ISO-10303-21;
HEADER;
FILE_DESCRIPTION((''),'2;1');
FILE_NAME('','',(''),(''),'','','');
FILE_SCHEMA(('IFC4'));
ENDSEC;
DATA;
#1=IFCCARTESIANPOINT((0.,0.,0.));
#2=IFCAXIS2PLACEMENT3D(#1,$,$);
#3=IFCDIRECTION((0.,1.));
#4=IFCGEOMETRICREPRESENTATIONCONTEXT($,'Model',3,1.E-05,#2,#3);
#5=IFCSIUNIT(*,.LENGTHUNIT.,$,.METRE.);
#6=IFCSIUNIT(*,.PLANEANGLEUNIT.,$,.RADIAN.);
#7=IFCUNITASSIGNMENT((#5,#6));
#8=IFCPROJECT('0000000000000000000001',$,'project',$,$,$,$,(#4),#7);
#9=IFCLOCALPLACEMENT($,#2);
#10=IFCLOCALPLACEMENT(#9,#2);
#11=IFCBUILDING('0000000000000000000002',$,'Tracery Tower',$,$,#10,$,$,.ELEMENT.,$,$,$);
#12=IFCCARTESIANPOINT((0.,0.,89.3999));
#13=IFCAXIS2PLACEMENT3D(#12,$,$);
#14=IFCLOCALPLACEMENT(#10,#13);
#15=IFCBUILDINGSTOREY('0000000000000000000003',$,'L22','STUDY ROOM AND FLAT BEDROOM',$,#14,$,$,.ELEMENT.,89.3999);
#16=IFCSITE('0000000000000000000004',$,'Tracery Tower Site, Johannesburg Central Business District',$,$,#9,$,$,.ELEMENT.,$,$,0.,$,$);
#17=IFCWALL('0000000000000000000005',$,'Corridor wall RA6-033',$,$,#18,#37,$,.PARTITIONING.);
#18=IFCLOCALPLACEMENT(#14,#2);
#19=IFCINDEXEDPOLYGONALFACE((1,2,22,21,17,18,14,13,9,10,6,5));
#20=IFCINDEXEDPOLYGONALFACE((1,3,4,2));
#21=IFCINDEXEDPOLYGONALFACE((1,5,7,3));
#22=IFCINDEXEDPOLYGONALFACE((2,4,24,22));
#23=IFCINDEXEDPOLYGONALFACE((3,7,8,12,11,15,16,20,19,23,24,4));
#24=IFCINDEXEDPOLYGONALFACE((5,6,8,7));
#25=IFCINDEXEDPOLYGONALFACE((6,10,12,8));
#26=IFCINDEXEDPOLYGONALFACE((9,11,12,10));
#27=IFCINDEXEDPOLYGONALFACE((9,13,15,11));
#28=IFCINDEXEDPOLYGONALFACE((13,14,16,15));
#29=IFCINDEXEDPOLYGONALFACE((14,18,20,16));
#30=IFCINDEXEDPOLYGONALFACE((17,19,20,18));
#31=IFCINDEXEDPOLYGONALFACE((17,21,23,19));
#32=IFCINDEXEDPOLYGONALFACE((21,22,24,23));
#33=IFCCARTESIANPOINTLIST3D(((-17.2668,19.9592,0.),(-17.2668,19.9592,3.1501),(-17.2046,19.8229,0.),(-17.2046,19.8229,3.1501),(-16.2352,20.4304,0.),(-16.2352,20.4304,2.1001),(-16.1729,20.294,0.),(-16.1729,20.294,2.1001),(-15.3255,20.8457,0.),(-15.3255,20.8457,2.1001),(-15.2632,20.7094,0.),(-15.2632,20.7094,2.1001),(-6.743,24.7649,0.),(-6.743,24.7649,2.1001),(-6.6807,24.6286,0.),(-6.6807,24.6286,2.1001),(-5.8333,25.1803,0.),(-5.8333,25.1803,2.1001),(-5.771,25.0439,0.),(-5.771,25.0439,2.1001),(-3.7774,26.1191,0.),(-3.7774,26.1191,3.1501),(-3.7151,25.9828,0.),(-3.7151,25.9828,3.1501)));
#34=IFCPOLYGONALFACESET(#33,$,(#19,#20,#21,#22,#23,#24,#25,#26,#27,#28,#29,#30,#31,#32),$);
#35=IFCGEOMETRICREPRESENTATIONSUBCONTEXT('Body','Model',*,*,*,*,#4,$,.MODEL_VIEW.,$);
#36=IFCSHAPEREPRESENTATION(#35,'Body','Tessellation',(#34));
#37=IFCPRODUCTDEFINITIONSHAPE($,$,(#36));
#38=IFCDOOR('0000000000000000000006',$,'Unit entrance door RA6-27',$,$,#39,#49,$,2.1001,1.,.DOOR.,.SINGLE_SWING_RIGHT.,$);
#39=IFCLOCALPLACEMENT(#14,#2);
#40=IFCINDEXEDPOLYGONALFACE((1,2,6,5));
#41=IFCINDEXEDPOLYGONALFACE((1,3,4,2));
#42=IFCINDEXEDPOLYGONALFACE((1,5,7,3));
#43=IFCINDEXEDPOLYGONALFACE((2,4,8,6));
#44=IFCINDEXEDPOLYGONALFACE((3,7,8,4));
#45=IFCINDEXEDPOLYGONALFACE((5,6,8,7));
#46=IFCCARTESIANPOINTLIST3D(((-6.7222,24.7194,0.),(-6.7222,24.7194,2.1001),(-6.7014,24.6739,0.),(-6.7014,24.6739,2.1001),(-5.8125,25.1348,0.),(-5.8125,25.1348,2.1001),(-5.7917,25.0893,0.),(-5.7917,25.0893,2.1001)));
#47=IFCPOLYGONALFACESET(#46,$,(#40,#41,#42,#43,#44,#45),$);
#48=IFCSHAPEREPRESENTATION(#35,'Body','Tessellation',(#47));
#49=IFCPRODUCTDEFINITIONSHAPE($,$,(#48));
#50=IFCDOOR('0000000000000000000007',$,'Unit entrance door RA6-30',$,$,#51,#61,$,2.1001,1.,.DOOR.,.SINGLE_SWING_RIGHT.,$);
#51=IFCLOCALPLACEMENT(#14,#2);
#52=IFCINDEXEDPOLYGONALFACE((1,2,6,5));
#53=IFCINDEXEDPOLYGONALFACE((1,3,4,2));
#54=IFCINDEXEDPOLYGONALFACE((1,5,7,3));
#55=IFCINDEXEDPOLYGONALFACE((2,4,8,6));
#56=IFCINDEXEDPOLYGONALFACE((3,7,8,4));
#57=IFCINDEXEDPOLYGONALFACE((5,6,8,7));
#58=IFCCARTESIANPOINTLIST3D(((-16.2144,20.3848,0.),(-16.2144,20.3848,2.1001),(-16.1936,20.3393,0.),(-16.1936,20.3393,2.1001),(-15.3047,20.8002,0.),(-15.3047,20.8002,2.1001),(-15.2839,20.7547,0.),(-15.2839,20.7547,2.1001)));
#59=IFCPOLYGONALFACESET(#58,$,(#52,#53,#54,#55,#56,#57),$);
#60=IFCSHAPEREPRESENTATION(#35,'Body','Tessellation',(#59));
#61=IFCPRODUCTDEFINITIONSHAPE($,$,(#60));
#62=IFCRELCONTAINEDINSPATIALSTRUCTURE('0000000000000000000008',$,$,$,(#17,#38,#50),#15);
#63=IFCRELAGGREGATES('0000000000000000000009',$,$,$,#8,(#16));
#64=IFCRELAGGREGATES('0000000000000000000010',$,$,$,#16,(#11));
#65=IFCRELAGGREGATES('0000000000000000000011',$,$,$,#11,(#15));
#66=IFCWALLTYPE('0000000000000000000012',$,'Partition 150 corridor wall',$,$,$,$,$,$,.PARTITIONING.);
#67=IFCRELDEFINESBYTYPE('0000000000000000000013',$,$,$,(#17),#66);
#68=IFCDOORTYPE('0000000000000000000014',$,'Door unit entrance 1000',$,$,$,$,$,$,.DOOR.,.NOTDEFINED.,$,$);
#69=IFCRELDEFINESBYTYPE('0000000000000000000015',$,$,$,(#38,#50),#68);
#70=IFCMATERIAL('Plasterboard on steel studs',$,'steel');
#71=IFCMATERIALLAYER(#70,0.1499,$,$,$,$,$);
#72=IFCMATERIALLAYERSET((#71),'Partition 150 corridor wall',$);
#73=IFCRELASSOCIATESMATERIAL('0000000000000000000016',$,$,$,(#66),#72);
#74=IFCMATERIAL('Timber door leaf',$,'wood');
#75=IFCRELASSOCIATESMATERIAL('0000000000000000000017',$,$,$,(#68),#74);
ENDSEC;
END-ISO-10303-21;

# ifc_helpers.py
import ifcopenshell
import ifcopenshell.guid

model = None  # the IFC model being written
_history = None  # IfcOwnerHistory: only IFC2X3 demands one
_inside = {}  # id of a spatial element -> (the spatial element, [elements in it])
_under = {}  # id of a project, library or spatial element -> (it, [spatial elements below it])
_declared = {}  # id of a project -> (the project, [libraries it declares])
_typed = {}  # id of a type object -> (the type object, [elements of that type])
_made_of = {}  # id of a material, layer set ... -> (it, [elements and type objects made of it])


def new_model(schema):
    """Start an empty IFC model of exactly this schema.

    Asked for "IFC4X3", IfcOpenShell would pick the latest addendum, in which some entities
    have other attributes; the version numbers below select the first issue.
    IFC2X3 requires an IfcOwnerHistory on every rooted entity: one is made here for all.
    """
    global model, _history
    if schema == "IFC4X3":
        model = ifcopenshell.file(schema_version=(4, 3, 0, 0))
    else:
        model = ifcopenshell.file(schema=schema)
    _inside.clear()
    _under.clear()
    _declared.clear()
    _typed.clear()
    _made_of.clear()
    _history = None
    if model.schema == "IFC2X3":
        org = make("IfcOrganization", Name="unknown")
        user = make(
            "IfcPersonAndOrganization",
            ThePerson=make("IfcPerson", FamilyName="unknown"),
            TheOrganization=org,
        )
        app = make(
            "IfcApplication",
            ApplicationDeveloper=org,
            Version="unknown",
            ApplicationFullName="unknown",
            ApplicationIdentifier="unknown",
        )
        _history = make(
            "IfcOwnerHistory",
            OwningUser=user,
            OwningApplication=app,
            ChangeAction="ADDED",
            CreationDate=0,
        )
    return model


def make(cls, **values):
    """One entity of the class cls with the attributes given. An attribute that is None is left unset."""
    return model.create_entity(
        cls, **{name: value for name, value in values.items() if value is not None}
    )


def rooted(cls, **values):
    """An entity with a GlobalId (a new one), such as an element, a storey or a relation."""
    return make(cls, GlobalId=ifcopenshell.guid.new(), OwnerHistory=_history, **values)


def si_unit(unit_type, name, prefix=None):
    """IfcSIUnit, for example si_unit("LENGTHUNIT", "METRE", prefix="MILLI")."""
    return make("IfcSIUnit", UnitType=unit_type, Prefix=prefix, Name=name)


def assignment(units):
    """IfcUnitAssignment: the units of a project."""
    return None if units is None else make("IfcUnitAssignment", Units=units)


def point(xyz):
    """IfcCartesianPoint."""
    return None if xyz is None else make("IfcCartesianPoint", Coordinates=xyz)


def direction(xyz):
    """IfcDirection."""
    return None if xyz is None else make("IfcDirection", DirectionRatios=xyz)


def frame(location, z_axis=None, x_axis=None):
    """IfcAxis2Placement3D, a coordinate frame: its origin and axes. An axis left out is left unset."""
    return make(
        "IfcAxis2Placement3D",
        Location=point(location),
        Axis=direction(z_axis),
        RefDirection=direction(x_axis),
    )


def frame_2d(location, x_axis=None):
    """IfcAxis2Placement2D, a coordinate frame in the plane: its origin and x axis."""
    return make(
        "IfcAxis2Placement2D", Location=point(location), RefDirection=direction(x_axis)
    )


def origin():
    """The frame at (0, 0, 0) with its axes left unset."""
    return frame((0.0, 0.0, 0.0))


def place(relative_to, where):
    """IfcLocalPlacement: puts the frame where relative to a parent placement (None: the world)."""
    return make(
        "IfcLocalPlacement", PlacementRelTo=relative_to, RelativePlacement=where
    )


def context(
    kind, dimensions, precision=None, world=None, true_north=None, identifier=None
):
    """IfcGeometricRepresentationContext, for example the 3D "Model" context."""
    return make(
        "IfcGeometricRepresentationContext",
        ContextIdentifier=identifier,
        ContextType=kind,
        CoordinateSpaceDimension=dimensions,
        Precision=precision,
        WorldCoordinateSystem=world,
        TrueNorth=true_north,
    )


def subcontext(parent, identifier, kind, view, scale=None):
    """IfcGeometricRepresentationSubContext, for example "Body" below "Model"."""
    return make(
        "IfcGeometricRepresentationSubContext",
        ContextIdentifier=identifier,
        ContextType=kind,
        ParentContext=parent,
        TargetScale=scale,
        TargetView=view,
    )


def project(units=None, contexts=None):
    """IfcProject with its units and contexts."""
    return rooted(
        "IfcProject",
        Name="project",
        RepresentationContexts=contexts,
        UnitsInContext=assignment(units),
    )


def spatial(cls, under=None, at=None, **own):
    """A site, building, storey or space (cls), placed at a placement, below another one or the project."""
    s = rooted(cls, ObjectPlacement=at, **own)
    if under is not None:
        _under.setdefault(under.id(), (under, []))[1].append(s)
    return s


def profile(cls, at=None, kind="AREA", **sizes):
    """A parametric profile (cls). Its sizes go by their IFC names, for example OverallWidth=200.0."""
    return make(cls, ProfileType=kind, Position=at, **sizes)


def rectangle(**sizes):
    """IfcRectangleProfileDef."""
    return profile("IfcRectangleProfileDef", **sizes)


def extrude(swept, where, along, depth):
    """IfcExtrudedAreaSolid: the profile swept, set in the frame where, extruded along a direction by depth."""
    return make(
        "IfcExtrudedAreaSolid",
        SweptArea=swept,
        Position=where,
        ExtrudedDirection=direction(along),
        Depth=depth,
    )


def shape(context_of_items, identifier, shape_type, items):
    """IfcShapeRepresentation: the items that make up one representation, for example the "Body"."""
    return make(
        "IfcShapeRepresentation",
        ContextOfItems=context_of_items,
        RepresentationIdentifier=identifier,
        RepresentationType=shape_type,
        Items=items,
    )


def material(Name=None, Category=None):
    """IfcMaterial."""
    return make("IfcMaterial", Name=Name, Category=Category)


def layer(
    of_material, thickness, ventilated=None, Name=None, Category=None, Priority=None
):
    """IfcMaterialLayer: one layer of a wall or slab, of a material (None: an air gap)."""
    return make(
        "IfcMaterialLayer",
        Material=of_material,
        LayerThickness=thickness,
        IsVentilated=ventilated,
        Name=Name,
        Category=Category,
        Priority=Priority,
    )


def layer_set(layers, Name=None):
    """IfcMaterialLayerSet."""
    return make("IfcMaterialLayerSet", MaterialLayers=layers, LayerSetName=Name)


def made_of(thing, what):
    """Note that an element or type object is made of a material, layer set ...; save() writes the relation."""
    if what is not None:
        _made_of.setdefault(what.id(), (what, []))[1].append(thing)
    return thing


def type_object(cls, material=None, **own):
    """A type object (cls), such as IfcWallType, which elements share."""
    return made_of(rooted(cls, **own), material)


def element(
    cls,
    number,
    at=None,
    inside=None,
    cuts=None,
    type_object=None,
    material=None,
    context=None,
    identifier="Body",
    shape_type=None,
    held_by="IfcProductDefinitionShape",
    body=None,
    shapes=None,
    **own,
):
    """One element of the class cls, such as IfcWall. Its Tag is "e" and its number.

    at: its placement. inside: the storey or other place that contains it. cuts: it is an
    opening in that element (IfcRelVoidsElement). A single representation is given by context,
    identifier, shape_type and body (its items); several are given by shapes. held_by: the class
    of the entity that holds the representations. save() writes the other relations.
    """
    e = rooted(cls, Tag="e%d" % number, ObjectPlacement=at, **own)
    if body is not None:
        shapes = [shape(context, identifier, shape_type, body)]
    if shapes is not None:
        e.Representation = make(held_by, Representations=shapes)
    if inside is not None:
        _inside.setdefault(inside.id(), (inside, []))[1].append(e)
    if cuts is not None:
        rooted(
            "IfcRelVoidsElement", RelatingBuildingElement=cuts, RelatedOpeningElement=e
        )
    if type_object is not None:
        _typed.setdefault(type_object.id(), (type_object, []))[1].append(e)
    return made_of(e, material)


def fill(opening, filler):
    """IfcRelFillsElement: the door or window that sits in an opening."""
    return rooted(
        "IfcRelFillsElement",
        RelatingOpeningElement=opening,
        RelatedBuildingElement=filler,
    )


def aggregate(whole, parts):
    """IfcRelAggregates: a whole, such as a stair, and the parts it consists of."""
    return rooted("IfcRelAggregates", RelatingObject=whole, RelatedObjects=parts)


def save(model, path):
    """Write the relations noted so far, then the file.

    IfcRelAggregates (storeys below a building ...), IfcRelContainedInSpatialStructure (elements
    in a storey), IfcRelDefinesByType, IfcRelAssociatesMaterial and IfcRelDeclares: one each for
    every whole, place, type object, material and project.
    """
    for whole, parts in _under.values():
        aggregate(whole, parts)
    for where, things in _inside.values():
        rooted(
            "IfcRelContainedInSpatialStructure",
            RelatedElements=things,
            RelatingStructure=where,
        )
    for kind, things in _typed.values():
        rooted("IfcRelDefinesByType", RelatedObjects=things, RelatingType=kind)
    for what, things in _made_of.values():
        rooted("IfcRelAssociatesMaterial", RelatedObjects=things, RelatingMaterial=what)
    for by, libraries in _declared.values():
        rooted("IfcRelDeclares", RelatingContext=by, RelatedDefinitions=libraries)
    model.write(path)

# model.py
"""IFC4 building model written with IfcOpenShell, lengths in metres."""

from ifc_helpers import new_model, si_unit, direction, frame, frame_2d, origin, place, context, subcontext, project, spatial, rectangle, extrude, material, layer, layer_set, type_object, element, fill, save


model = new_model("IFC4")

# Units and contexts
model_context = context("Model", 3, precision=1e-05, world=origin(), true_north=direction((0.0, 1.0)))
body_context = subcontext(model_context, "Body", "Model", "MODEL_VIEW")
ifc_project = project(units=[si_unit("LENGTHUNIT", "METRE"), si_unit("PLANEANGLEUNIT", "RADIAN")], contexts=[model_context])

# Site, building, storey
site_placement = place(None, origin())
site = spatial("IfcSite", under=ifc_project, at=site_placement, Name="Tracery Tower Site, Johannesburg Central Business District", CompositionType="ELEMENT", RefElevation=0.0)
building_placement = place(site_placement, origin())
building = spatial("IfcBuilding", under=site, at=building_placement, Name="Tracery Tower", CompositionType="ELEMENT")
storey_placement = place(building_placement, frame((0.0, 0.0, 89.3999)))
storey = spatial("IfcBuildingStorey", under=building, at=storey_placement, Name="L22", Description="STUDY ROOM AND FLAT BEDROOM", CompositionType="ELEMENT", Elevation=89.3999)

# Wall, openings, doors
ifc_material_1 = material(Name="Plasterboard on steel studs", Category="steel")
ifc_layer_1 = layer(ifc_material_1, 0.1499)
ifc_layer_set_1 = layer_set([ifc_layer_1], Name="Partition 150 corridor wall")
wall_type_1 = type_object("IfcWallType", Name="Partition 150 corridor wall", PredefinedType="PARTITIONING", material=ifc_layer_set_1)
wall_1_placement = place(storey_placement, frame((-17.2356, 19.8911, 0.0), z_axis=(0.0, 0.0, 1.0), x_axis=(0.909646, 0.415385, 0.0)))
wall_1 = element("IfcWall", 1, at=wall_1_placement, inside=storey, type_object=wall_type_1, Name="Corridor wall RA6-033", PredefinedType="PARTITIONING", context=body_context, shape_type="SweptSolid", body=[
    extrude(rectangle(XDim=14.8293, YDim=0.1499, at=frame_2d((7.4146, 0.0))), origin(), (0.0, 0.0, 1.0), 3.1501),
])
opening_1_placement = place(wall_1_placement, frame((11.5691, 0.0, 0.0)))
opening_1 = element("IfcOpeningElement", 2, at=opening_1_placement, cuts=wall_1, PredefinedType="OPENING", context=body_context, shape_type="SweptSolid", body=[
    extrude(rectangle(XDim=1.0, YDim=2.1001, at=frame_2d((0.5, 1.05))), frame((0.0, 0.075, 0.0), z_axis=(0.0, -1.0, 0.0), x_axis=(1.0, 0.0, 0.0)), (0.0, 0.0, 1.0), 0.1499),
])
opening_2_placement = place(wall_1_placement, frame((1.134, 0.0, 0.0)))
opening_2 = element("IfcOpeningElement", 3, at=opening_2_placement, cuts=wall_1, PredefinedType="OPENING", context=body_context, shape_type="SweptSolid", body=[
    extrude(rectangle(XDim=1.0, YDim=2.1001, at=frame_2d((0.5, 1.05))), frame((0.0, 0.075, 0.0), z_axis=(0.0, -1.0, 0.0), x_axis=(1.0, 0.0, 0.0)), (0.0, 0.0, 1.0), 0.1499),
])
ifc_material_2 = material(Name="Timber door leaf", Category="wood")
door_type_1 = type_object("IfcDoorType", Name="Door unit entrance 1000", OperationType="NOTDEFINED", PredefinedType="DOOR", material=ifc_material_2)
door_1_placement = place(opening_1_placement, origin())
door_1 = element("IfcDoor", 4, at=door_1_placement, inside=storey, type_object=door_type_1, Name="Unit entrance door RA6-27", OperationType="SINGLE_SWING_RIGHT", OverallHeight=2.1001, OverallWidth=1.0, PredefinedType="DOOR", context=body_context, shape_type="SweptSolid", body=[
    extrude(rectangle(XDim=1.0, YDim=2.1001, at=frame_2d((0.5, 1.05))), frame((0.0, 0.0249, 0.0), z_axis=(0.0, -1.0, 0.0), x_axis=(1.0, 0.0, 0.0)), (0.0, 0.0, 1.0), 0.05),
])
fill(opening_1, door_1)
door_2_placement = place(opening_2_placement, origin())
door_2 = element("IfcDoor", 5, at=door_2_placement, inside=storey, type_object=door_type_1, Name="Unit entrance door RA6-30", OperationType="SINGLE_SWING_RIGHT", OverallHeight=2.1001, OverallWidth=1.0, PredefinedType="DOOR", context=body_context, shape_type="SweptSolid", body=[
    extrude(rectangle(XDim=1.0, YDim=2.1001, at=frame_2d((0.5, 1.05))), frame((0.0, 0.0249, 0.0), z_axis=(0.0, -1.0, 0.0), x_axis=(1.0, 0.0, 0.0)), (0.0, 0.0, 1.0), 0.05),
])
fill(opening_2, door_2)

save(model, "model.ifc")
